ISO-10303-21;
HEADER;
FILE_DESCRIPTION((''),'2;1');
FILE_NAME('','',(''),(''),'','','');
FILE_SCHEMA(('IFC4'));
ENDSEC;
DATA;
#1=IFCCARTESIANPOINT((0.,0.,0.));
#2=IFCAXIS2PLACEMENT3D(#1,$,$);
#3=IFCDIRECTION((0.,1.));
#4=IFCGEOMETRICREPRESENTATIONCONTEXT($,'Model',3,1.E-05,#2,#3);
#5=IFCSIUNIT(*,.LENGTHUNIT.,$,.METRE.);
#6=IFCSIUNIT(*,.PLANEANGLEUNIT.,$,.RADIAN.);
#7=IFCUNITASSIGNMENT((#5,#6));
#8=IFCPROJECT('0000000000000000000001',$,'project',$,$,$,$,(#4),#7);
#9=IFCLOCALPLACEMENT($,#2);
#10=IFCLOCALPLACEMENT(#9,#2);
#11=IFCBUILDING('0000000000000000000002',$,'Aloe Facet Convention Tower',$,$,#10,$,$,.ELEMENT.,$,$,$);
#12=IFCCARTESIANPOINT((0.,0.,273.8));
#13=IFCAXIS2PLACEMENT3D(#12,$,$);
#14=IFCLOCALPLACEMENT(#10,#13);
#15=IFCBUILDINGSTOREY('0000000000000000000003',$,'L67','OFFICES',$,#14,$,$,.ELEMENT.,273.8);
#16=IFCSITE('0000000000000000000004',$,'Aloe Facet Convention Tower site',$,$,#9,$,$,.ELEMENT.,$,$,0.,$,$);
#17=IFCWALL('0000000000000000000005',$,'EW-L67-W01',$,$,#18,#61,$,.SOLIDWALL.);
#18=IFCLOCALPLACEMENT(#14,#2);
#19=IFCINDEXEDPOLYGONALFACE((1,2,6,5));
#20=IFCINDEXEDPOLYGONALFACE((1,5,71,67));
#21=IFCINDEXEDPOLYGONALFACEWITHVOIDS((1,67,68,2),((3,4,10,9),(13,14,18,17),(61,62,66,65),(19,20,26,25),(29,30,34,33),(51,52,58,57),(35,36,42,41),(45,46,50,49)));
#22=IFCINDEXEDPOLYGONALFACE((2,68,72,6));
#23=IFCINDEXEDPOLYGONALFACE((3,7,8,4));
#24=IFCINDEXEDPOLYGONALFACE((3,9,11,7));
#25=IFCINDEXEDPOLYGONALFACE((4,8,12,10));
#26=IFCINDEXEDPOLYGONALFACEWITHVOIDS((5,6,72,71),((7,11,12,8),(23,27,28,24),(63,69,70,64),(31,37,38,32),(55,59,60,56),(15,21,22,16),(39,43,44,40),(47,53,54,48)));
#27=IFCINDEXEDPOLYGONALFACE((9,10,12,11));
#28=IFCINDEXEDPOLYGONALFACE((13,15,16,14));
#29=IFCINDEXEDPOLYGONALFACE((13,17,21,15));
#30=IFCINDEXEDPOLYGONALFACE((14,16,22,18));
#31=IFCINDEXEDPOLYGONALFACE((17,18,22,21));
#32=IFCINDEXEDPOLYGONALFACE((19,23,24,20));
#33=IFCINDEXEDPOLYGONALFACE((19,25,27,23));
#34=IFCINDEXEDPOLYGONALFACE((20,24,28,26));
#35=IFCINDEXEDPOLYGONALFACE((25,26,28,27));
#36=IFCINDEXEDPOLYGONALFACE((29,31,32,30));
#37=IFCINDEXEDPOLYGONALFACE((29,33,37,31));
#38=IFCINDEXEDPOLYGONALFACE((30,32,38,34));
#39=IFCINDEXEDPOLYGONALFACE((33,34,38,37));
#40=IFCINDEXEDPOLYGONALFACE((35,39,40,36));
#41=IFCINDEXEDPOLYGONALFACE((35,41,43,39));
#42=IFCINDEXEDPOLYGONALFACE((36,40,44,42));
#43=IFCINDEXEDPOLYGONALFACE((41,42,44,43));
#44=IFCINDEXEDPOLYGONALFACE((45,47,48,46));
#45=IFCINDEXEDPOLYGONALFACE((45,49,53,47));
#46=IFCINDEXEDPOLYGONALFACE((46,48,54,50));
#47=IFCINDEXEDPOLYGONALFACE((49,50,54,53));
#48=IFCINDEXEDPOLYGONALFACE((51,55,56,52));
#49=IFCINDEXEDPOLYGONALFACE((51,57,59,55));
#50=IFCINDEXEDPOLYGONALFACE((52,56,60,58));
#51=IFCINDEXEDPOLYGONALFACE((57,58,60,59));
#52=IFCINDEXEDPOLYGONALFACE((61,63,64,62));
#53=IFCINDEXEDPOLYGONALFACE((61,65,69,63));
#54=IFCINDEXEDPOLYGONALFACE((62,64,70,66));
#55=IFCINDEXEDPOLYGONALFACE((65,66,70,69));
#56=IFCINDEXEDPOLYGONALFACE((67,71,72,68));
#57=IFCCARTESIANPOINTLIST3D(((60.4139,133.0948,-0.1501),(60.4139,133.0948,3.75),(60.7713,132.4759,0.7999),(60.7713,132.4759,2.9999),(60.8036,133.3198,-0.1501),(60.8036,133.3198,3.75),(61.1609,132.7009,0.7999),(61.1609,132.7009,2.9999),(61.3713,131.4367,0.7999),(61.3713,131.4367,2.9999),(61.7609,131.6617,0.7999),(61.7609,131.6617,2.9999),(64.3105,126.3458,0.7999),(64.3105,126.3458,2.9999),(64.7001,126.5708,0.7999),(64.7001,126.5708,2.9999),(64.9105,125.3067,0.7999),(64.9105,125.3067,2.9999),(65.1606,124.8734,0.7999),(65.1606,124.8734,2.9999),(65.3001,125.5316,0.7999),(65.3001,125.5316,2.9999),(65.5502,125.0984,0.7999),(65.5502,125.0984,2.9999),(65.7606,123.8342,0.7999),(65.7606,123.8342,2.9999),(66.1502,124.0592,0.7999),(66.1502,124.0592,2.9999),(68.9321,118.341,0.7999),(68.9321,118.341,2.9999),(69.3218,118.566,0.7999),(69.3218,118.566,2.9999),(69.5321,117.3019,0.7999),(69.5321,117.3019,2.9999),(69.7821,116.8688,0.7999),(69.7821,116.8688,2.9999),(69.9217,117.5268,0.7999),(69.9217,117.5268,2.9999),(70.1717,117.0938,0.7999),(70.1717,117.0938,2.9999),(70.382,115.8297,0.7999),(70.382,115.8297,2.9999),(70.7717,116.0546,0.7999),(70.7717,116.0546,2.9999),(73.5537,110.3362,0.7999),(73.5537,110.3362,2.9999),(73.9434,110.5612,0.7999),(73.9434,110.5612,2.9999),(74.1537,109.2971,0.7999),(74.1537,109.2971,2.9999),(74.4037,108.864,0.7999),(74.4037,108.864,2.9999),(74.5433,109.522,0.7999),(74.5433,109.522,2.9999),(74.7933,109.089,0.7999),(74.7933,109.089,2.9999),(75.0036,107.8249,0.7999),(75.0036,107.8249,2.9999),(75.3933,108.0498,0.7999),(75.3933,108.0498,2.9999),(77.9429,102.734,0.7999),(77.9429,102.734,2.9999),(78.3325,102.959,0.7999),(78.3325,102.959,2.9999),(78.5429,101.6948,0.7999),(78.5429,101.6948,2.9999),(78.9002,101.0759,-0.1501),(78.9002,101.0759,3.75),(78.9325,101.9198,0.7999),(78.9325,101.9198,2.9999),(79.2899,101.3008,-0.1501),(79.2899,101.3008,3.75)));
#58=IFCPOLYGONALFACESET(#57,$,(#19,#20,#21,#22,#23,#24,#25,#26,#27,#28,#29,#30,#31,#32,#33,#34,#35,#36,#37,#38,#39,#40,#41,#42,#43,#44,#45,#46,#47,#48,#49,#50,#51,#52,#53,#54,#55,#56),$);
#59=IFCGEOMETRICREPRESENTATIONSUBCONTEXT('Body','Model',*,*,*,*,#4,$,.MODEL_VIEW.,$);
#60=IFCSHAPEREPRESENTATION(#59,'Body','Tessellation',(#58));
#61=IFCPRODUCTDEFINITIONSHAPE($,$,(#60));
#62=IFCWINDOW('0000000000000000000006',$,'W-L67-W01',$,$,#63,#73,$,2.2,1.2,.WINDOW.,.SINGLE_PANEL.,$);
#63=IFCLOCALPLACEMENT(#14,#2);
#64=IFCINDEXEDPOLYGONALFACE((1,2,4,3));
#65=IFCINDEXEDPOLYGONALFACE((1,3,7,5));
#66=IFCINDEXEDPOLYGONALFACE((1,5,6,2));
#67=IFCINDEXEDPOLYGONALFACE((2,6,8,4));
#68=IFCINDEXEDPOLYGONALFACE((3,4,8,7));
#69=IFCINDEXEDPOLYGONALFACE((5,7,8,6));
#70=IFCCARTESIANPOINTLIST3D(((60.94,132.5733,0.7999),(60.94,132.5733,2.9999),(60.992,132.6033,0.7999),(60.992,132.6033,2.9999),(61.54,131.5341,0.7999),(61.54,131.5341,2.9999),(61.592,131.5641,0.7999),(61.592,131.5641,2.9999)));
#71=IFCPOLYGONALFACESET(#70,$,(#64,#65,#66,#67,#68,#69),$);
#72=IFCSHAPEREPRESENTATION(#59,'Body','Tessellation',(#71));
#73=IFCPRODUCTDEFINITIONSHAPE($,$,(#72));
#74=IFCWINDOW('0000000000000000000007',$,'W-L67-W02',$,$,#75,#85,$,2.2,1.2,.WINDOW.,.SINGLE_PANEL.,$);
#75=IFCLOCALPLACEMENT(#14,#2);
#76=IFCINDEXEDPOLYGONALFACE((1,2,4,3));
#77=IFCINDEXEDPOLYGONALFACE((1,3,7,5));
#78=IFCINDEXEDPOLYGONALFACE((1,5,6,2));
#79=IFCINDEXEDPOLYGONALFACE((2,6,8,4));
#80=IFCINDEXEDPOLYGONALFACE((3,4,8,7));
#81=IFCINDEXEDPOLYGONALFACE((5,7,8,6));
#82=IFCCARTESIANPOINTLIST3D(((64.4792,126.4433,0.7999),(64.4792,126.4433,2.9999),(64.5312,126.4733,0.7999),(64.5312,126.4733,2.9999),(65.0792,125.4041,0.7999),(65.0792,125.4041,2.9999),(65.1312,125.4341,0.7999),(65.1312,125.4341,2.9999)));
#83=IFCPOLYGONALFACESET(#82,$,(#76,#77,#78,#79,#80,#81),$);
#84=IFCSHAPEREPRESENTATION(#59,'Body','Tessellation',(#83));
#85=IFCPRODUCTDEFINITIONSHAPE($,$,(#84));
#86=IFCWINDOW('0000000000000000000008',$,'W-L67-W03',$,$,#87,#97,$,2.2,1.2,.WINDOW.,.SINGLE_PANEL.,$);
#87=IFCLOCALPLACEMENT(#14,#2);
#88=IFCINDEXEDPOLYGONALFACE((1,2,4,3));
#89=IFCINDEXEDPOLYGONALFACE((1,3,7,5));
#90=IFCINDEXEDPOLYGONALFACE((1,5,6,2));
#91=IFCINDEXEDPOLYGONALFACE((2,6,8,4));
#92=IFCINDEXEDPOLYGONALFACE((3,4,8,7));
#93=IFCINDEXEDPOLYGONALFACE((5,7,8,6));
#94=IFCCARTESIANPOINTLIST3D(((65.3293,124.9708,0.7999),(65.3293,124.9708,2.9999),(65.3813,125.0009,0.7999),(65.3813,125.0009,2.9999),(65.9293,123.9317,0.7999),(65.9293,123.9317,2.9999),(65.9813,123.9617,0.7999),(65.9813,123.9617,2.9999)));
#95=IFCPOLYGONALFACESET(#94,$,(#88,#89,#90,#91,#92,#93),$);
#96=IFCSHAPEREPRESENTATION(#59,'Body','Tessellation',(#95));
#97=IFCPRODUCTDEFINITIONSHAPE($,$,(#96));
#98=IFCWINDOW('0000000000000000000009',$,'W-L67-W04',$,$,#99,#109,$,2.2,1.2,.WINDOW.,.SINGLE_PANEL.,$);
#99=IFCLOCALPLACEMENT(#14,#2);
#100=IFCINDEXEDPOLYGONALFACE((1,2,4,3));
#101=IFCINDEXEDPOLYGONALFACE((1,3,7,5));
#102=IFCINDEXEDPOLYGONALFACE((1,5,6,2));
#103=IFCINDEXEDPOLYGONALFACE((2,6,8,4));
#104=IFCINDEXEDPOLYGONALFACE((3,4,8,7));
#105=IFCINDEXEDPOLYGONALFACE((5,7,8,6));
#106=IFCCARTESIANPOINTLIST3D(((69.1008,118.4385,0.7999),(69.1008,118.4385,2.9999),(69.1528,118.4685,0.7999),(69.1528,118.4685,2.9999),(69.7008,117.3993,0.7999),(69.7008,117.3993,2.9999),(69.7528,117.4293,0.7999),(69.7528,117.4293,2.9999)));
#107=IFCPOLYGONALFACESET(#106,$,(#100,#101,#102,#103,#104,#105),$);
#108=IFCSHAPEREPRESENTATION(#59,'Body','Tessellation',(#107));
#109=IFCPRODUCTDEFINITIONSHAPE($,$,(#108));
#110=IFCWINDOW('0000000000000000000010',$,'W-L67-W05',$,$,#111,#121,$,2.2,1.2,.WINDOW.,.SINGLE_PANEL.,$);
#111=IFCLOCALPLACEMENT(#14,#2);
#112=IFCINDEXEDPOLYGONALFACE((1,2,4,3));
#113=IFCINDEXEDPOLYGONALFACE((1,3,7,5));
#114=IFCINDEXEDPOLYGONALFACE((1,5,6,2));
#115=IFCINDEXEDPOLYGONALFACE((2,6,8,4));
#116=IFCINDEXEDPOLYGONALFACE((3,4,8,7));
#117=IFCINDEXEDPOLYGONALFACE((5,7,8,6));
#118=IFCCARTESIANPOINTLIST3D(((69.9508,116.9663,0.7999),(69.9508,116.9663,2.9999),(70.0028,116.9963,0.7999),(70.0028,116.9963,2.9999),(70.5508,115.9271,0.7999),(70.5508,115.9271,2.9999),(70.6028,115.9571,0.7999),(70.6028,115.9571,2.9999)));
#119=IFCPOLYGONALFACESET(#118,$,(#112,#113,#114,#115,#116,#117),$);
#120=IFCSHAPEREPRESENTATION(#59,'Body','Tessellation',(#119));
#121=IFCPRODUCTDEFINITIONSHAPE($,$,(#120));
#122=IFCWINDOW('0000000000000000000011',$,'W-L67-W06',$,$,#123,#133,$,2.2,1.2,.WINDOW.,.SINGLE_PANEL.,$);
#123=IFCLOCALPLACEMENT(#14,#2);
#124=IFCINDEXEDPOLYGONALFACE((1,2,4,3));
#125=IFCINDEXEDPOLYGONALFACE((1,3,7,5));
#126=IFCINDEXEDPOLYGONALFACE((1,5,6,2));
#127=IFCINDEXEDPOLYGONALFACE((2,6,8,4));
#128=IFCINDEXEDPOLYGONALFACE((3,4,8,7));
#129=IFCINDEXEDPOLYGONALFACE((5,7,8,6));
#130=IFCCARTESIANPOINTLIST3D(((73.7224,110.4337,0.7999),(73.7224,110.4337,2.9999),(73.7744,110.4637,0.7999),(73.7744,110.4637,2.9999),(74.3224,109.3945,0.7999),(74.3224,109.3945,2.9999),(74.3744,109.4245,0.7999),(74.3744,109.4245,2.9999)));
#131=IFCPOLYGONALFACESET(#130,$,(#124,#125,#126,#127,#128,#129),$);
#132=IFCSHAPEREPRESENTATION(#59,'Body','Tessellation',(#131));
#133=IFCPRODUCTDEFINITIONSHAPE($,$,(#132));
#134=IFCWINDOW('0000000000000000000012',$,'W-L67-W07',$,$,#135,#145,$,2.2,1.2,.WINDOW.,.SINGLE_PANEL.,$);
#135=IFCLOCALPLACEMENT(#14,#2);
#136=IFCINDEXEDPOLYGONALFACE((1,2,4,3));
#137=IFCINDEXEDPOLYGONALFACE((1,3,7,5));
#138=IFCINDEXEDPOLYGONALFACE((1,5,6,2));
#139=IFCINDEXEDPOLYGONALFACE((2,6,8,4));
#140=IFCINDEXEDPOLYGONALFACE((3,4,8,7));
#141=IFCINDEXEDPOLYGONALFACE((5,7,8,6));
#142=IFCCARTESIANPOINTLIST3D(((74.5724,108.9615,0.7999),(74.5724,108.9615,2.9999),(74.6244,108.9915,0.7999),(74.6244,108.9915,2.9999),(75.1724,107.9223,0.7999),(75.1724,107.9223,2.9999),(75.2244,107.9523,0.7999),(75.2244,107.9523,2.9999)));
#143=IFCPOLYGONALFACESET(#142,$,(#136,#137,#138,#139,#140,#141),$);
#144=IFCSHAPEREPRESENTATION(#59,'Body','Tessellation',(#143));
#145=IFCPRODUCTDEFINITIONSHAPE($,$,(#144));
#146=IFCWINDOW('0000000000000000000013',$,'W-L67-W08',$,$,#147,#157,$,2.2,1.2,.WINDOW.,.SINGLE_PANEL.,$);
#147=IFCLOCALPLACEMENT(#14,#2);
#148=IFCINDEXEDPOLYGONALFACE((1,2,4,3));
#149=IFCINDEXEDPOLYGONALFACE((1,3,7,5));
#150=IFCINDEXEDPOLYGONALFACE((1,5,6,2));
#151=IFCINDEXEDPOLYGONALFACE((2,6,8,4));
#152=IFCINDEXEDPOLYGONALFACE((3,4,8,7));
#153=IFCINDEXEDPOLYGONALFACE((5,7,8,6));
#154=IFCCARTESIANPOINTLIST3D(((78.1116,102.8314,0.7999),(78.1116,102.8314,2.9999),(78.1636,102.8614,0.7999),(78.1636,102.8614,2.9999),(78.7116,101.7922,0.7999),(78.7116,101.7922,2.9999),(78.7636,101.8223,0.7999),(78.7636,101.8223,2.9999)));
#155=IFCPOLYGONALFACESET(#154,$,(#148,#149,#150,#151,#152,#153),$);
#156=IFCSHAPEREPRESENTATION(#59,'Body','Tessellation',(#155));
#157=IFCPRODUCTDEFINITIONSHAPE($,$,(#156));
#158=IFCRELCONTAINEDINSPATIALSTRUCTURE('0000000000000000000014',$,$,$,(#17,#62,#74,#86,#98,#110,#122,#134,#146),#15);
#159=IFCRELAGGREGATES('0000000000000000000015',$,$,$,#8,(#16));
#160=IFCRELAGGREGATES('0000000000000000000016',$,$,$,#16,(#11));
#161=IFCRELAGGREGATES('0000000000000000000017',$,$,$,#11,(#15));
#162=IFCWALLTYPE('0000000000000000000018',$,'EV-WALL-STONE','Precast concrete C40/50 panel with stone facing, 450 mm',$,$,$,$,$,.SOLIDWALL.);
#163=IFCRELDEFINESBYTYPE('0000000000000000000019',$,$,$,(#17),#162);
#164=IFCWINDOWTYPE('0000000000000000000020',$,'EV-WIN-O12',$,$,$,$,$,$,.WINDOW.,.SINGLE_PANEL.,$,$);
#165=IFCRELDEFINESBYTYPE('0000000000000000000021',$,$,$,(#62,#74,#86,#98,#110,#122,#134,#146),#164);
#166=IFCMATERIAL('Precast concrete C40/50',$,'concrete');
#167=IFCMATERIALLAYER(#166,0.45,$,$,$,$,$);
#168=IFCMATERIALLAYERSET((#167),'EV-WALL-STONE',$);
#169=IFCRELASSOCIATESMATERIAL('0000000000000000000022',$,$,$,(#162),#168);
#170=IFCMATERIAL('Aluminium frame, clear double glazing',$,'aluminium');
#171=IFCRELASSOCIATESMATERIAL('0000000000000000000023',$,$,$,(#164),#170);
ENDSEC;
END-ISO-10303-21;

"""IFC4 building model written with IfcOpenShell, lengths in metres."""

from ifc_helpers import new_model, si_unit, direction, frame, frame_2d, origin, place, context, subcontext, project, spatial, polyline, rectangle, outline, extrude, material, layer, layer_set, type_object, element, fill, save


model = new_model("IFC4")

# Units and contexts
model_context = context("Model", 3, precision=1e-05, world=origin(), true_north=direction((0.0, 1.0)))
body_context = subcontext(model_context, "Body", "Model", "MODEL_VIEW")
ifc_project = project(units=[si_unit("LENGTHUNIT", "METRE"), si_unit("PLANEANGLEUNIT", "RADIAN")], contexts=[model_context])

# Site, building, storey
site_placement = place(None, origin())
site = spatial("IfcSite", under=ifc_project, at=site_placement, Name="Aloe Facet Convention Tower site", CompositionType="ELEMENT", RefElevation=0.0)
building_placement = place(site_placement, origin())
building = spatial("IfcBuilding", under=site, at=building_placement, Name="Aloe Facet Convention Tower", CompositionType="ELEMENT")
storey_placement = place(building_placement, frame((0.0, 0.0, 273.8)))
storey = spatial("IfcBuildingStorey", under=building, at=storey_placement, Name="L67", Description="OFFICES", CompositionType="ELEMENT", Elevation=273.8)

# Wall, openings, windows
ifc_material_1 = material(Name="Precast concrete C40/50", Category="concrete")
ifc_layer_1 = layer(ifc_material_1, 0.45)
ifc_layer_set_1 = layer_set([ifc_layer_1], Name="EV-WALL-STONE")
wall_type_1 = type_object("IfcWallType", Name="EV-WALL-STONE", Description="Precast concrete C40/50 panel with stone facing, 450 mm", PredefinedType="SOLIDWALL", material=ifc_layer_set_1)
wall_1_placement = place(storey_placement, frame((60.6086, 133.2073, -0.1501), z_axis=(0.0, 0.0, 1.0), x_axis=(0.500003, -0.866024, 0.0)))
wall_1 = element("IfcWall", 1, at=wall_1_placement, inside=storey, type_object=wall_type_1, Name="EW-L67-W01", PredefinedType="SOLIDWALL", context=body_context, shape_type="SweptSolid", body=[
    extrude(outline(polyline([(36.9724, 0.0), (36.9724, 3.9001), (0.0, 3.9001), (0.0, 0.0), (36.9724, 0.0)])), frame((0.0, 0.2251, 0.0), z_axis=(0.0, -1.0, 0.0), x_axis=(1.0, 0.0, 0.0)), (0.0, 0.0, 1.0), 0.45),
])
opening_1_placement = place(wall_1_placement, frame((0.7146, 0.0, 0.95)))
opening_1 = element("IfcOpeningElement", 2, at=opening_1_placement, cuts=wall_1, PredefinedType="OPENING", context=body_context, shape_type="SweptSolid", body=[
    extrude(rectangle(XDim=1.2, YDim=2.2, at=frame_2d((0.6001, 1.1001))), frame((0.0, 0.2349, 0.0), z_axis=(0.0, -1.0, 0.0), x_axis=(1.0, 0.0, 0.0)), (0.0, 0.0, 1.0), 0.47),
])
opening_2_placement = place(wall_1_placement, frame((7.793, 0.0, 0.95)))
opening_2 = element("IfcOpeningElement", 3, at=opening_2_placement, cuts=wall_1, PredefinedType="OPENING", context=body_context, shape_type="SweptSolid", body=[
    extrude(rectangle(XDim=1.2, YDim=2.2, at=frame_2d((0.6001, 1.1001))), frame((0.0, 0.2349, 0.0), z_axis=(0.0, -1.0, 0.0), x_axis=(1.0, 0.0, 0.0)), (0.0, 0.0, 1.0), 0.47),
])
opening_3_placement = place(wall_1_placement, frame((9.4932, 0.0, 0.95)))
opening_3 = element("IfcOpeningElement", 4, at=opening_3_placement, cuts=wall_1, PredefinedType="OPENING", context=body_context, shape_type="SweptSolid", body=[
    extrude(rectangle(XDim=1.2, YDim=2.2, at=frame_2d((0.6001, 1.1001))), frame((0.0, 0.2349, 0.0), z_axis=(0.0, -1.0, 0.0), x_axis=(1.0, 0.0, 0.0)), (0.0, 0.0, 1.0), 0.47),
])
opening_4_placement = place(wall_1_placement, frame((17.0361, 0.0, 0.95)))
opening_4 = element("IfcOpeningElement", 5, at=opening_4_placement, cuts=wall_1, PredefinedType="OPENING", context=body_context, shape_type="SweptSolid", body=[
    extrude(rectangle(XDim=1.2, YDim=2.2, at=frame_2d((0.6001, 1.1001))), frame((0.0, 0.2349, 0.0), z_axis=(0.0, -1.0, 0.0), x_axis=(1.0, 0.0, 0.0)), (0.0, 0.0, 1.0), 0.47),
])
opening_5_placement = place(wall_1_placement, frame((18.7361, 0.0, 0.95)))
opening_5 = element("IfcOpeningElement", 6, at=opening_5_placement, cuts=wall_1, PredefinedType="OPENING", context=body_context, shape_type="SweptSolid", body=[
    extrude(rectangle(XDim=1.2, YDim=2.2, at=frame_2d((0.6001, 1.1001))), frame((0.0, 0.2349, 0.0), z_axis=(0.0, -1.0, 0.0), x_axis=(1.0, 0.0, 0.0)), (0.0, 0.0, 1.0), 0.47),
])
opening_6_placement = place(wall_1_placement, frame((26.2793, 0.0, 0.95)))
opening_6 = element("IfcOpeningElement", 7, at=opening_6_placement, cuts=wall_1, PredefinedType="OPENING", context=body_context, shape_type="SweptSolid", body=[
    extrude(rectangle(XDim=1.2, YDim=2.2, at=frame_2d((0.6001, 1.1001))), frame((0.0, 0.2349, 0.0), z_axis=(0.0, -1.0, 0.0), x_axis=(1.0, 0.0, 0.0)), (0.0, 0.0, 1.0), 0.47),
])
opening_7_placement = place(wall_1_placement, frame((27.9792, 0.0, 0.95)))
opening_7 = element("IfcOpeningElement", 8, at=opening_7_placement, cuts=wall_1, PredefinedType="OPENING", context=body_context, shape_type="SweptSolid", body=[
    extrude(rectangle(XDim=1.2, YDim=2.2, at=frame_2d((0.6001, 1.1001))), frame((0.0, 0.2349, 0.0), z_axis=(0.0, -1.0, 0.0), x_axis=(1.0, 0.0, 0.0)), (0.0, 0.0, 1.0), 0.47),
])
opening_8_placement = place(wall_1_placement, frame((35.0576, 0.0, 0.95)))
opening_8 = element("IfcOpeningElement", 9, at=opening_8_placement, cuts=wall_1, PredefinedType="OPENING", context=body_context, shape_type="SweptSolid", body=[
    extrude(rectangle(XDim=1.2, YDim=2.2, at=frame_2d((0.6001, 1.1001))), frame((0.0, 0.2349, 0.0), z_axis=(0.0, -1.0, 0.0), x_axis=(1.0, 0.0, 0.0)), (0.0, 0.0, 1.0), 0.47),
])
ifc_material_2 = material(Name="Aluminium frame, clear double glazing", Category="aluminium")
window_type = type_object("IfcWindowType", Name="EV-WIN-O12", PartitioningType="SINGLE_PANEL", PredefinedType="WINDOW", material=ifc_material_2)
window_1_placement = place(opening_1_placement, origin())
window_1 = element("IfcWindow", 10, at=window_1_placement, inside=storey, type_object=window_type, Name="W-L67-W01", OverallHeight=2.2, OverallWidth=1.2, PartitioningType="SINGLE_PANEL", PredefinedType="WINDOW", context=body_context, shape_type="SweptSolid", body=[
    extrude(rectangle(XDim=1.2, YDim=2.2, at=frame_2d((0.6001, 1.1001))), frame((0.0, 0.03, 0.0), z_axis=(0.0, -1.0, 0.0), x_axis=(1.0, 0.0, 0.0)), (0.0, 0.0, 1.0), 0.0601),
])
fill(opening_1, window_1)
window_2_placement = place(opening_2_placement, origin())
window_2 = element("IfcWindow", 11, at=window_2_placement, inside=storey, type_object=window_type, Name="W-L67-W02", OverallHeight=2.2, OverallWidth=1.2, PartitioningType="SINGLE_PANEL", PredefinedType="WINDOW", context=body_context, shape_type="SweptSolid", body=[
    extrude(rectangle(XDim=1.2, YDim=2.2, at=frame_2d((0.6001, 1.1001))), frame((0.0, 0.03, 0.0), z_axis=(0.0, -1.0, 0.0), x_axis=(1.0, 0.0, 0.0)), (0.0, 0.0, 1.0), 0.0601),
])
fill(opening_2, window_2)
window_3_placement = place(opening_3_placement, origin())
window_3 = element("IfcWindow", 12, at=window_3_placement, inside=storey, type_object=window_type, Name="W-L67-W03", OverallHeight=2.2, OverallWidth=1.2, PartitioningType="SINGLE_PANEL", PredefinedType="WINDOW", context=body_context, shape_type="SweptSolid", body=[
    extrude(rectangle(XDim=1.2, YDim=2.2, at=frame_2d((0.6001, 1.1001))), frame((0.0, 0.03, 0.0), z_axis=(0.0, -1.0, 0.0), x_axis=(1.0, 0.0, 0.0)), (0.0, 0.0, 1.0), 0.0601),
])
fill(opening_3, window_3)
window_4_placement = place(opening_4_placement, origin())
window_4 = element("IfcWindow", 13, at=window_4_placement, inside=storey, type_object=window_type, Name="W-L67-W04", OverallHeight=2.2, OverallWidth=1.2, PartitioningType="SINGLE_PANEL", PredefinedType="WINDOW", context=body_context, shape_type="SweptSolid", body=[
    extrude(rectangle(XDim=1.2, YDim=2.2, at=frame_2d((0.6001, 1.1001))), frame((0.0, 0.03, 0.0), z_axis=(0.0, -1.0, 0.0), x_axis=(1.0, 0.0, 0.0)), (0.0, 0.0, 1.0), 0.0601),
])
fill(opening_4, window_4)
window_5_placement = place(opening_5_placement, origin())
window_5 = element("IfcWindow", 14, at=window_5_placement, inside=storey, type_object=window_type, Name="W-L67-W05", OverallHeight=2.2, OverallWidth=1.2, PartitioningType="SINGLE_PANEL", PredefinedType="WINDOW", context=body_context, shape_type="SweptSolid", body=[
    extrude(rectangle(XDim=1.2, YDim=2.2, at=frame_2d((0.6001, 1.1001))), frame((0.0, 0.03, 0.0), z_axis=(0.0, -1.0, 0.0), x_axis=(1.0, 0.0, 0.0)), (0.0, 0.0, 1.0), 0.0601),
])
fill(opening_5, window_5)
window_6_placement = place(opening_6_placement, origin())
window_6 = element("IfcWindow", 15, at=window_6_placement, inside=storey, type_object=window_type, Name="W-L67-W06", OverallHeight=2.2, OverallWidth=1.2, PartitioningType="SINGLE_PANEL", PredefinedType="WINDOW", context=body_context, shape_type="SweptSolid", body=[
    extrude(rectangle(XDim=1.2, YDim=2.2, at=frame_2d((0.6001, 1.1001))), frame((0.0, 0.03, 0.0), z_axis=(0.0, -1.0, 0.0), x_axis=(1.0, 0.0, 0.0)), (0.0, 0.0, 1.0), 0.0601),
])
fill(opening_6, window_6)
window_7_placement = place(opening_7_placement, origin())
window_7 = element("IfcWindow", 16, at=window_7_placement, inside=storey, type_object=window_type, Name="W-L67-W07", OverallHeight=2.2, OverallWidth=1.2, PartitioningType="SINGLE_PANEL", PredefinedType="WINDOW", context=body_context, shape_type="SweptSolid", body=[
    extrude(rectangle(XDim=1.2, YDim=2.2, at=frame_2d((0.6001, 1.1001))), frame((0.0, 0.03, 0.0), z_axis=(0.0, -1.0, 0.0), x_axis=(1.0, 0.0, 0.0)), (0.0, 0.0, 1.0), 0.0601),
])
fill(opening_7, window_7)
window_8_placement = place(opening_8_placement, origin())
window_8 = element("IfcWindow", 17, at=window_8_placement, inside=storey, type_object=window_type, Name="W-L67-W08", OverallHeight=2.2, OverallWidth=1.2, PartitioningType="SINGLE_PANEL", PredefinedType="WINDOW", context=body_context, shape_type="SweptSolid", body=[
    extrude(rectangle(XDim=1.2, YDim=2.2, at=frame_2d((0.6001, 1.1001))), frame((0.0, 0.03, 0.0), z_axis=(0.0, -1.0, 0.0), x_axis=(1.0, 0.0, 0.0)), (0.0, 0.0, 1.0), 0.0601),
])
fill(opening_8, window_8)

save(model, "model.ifc")
